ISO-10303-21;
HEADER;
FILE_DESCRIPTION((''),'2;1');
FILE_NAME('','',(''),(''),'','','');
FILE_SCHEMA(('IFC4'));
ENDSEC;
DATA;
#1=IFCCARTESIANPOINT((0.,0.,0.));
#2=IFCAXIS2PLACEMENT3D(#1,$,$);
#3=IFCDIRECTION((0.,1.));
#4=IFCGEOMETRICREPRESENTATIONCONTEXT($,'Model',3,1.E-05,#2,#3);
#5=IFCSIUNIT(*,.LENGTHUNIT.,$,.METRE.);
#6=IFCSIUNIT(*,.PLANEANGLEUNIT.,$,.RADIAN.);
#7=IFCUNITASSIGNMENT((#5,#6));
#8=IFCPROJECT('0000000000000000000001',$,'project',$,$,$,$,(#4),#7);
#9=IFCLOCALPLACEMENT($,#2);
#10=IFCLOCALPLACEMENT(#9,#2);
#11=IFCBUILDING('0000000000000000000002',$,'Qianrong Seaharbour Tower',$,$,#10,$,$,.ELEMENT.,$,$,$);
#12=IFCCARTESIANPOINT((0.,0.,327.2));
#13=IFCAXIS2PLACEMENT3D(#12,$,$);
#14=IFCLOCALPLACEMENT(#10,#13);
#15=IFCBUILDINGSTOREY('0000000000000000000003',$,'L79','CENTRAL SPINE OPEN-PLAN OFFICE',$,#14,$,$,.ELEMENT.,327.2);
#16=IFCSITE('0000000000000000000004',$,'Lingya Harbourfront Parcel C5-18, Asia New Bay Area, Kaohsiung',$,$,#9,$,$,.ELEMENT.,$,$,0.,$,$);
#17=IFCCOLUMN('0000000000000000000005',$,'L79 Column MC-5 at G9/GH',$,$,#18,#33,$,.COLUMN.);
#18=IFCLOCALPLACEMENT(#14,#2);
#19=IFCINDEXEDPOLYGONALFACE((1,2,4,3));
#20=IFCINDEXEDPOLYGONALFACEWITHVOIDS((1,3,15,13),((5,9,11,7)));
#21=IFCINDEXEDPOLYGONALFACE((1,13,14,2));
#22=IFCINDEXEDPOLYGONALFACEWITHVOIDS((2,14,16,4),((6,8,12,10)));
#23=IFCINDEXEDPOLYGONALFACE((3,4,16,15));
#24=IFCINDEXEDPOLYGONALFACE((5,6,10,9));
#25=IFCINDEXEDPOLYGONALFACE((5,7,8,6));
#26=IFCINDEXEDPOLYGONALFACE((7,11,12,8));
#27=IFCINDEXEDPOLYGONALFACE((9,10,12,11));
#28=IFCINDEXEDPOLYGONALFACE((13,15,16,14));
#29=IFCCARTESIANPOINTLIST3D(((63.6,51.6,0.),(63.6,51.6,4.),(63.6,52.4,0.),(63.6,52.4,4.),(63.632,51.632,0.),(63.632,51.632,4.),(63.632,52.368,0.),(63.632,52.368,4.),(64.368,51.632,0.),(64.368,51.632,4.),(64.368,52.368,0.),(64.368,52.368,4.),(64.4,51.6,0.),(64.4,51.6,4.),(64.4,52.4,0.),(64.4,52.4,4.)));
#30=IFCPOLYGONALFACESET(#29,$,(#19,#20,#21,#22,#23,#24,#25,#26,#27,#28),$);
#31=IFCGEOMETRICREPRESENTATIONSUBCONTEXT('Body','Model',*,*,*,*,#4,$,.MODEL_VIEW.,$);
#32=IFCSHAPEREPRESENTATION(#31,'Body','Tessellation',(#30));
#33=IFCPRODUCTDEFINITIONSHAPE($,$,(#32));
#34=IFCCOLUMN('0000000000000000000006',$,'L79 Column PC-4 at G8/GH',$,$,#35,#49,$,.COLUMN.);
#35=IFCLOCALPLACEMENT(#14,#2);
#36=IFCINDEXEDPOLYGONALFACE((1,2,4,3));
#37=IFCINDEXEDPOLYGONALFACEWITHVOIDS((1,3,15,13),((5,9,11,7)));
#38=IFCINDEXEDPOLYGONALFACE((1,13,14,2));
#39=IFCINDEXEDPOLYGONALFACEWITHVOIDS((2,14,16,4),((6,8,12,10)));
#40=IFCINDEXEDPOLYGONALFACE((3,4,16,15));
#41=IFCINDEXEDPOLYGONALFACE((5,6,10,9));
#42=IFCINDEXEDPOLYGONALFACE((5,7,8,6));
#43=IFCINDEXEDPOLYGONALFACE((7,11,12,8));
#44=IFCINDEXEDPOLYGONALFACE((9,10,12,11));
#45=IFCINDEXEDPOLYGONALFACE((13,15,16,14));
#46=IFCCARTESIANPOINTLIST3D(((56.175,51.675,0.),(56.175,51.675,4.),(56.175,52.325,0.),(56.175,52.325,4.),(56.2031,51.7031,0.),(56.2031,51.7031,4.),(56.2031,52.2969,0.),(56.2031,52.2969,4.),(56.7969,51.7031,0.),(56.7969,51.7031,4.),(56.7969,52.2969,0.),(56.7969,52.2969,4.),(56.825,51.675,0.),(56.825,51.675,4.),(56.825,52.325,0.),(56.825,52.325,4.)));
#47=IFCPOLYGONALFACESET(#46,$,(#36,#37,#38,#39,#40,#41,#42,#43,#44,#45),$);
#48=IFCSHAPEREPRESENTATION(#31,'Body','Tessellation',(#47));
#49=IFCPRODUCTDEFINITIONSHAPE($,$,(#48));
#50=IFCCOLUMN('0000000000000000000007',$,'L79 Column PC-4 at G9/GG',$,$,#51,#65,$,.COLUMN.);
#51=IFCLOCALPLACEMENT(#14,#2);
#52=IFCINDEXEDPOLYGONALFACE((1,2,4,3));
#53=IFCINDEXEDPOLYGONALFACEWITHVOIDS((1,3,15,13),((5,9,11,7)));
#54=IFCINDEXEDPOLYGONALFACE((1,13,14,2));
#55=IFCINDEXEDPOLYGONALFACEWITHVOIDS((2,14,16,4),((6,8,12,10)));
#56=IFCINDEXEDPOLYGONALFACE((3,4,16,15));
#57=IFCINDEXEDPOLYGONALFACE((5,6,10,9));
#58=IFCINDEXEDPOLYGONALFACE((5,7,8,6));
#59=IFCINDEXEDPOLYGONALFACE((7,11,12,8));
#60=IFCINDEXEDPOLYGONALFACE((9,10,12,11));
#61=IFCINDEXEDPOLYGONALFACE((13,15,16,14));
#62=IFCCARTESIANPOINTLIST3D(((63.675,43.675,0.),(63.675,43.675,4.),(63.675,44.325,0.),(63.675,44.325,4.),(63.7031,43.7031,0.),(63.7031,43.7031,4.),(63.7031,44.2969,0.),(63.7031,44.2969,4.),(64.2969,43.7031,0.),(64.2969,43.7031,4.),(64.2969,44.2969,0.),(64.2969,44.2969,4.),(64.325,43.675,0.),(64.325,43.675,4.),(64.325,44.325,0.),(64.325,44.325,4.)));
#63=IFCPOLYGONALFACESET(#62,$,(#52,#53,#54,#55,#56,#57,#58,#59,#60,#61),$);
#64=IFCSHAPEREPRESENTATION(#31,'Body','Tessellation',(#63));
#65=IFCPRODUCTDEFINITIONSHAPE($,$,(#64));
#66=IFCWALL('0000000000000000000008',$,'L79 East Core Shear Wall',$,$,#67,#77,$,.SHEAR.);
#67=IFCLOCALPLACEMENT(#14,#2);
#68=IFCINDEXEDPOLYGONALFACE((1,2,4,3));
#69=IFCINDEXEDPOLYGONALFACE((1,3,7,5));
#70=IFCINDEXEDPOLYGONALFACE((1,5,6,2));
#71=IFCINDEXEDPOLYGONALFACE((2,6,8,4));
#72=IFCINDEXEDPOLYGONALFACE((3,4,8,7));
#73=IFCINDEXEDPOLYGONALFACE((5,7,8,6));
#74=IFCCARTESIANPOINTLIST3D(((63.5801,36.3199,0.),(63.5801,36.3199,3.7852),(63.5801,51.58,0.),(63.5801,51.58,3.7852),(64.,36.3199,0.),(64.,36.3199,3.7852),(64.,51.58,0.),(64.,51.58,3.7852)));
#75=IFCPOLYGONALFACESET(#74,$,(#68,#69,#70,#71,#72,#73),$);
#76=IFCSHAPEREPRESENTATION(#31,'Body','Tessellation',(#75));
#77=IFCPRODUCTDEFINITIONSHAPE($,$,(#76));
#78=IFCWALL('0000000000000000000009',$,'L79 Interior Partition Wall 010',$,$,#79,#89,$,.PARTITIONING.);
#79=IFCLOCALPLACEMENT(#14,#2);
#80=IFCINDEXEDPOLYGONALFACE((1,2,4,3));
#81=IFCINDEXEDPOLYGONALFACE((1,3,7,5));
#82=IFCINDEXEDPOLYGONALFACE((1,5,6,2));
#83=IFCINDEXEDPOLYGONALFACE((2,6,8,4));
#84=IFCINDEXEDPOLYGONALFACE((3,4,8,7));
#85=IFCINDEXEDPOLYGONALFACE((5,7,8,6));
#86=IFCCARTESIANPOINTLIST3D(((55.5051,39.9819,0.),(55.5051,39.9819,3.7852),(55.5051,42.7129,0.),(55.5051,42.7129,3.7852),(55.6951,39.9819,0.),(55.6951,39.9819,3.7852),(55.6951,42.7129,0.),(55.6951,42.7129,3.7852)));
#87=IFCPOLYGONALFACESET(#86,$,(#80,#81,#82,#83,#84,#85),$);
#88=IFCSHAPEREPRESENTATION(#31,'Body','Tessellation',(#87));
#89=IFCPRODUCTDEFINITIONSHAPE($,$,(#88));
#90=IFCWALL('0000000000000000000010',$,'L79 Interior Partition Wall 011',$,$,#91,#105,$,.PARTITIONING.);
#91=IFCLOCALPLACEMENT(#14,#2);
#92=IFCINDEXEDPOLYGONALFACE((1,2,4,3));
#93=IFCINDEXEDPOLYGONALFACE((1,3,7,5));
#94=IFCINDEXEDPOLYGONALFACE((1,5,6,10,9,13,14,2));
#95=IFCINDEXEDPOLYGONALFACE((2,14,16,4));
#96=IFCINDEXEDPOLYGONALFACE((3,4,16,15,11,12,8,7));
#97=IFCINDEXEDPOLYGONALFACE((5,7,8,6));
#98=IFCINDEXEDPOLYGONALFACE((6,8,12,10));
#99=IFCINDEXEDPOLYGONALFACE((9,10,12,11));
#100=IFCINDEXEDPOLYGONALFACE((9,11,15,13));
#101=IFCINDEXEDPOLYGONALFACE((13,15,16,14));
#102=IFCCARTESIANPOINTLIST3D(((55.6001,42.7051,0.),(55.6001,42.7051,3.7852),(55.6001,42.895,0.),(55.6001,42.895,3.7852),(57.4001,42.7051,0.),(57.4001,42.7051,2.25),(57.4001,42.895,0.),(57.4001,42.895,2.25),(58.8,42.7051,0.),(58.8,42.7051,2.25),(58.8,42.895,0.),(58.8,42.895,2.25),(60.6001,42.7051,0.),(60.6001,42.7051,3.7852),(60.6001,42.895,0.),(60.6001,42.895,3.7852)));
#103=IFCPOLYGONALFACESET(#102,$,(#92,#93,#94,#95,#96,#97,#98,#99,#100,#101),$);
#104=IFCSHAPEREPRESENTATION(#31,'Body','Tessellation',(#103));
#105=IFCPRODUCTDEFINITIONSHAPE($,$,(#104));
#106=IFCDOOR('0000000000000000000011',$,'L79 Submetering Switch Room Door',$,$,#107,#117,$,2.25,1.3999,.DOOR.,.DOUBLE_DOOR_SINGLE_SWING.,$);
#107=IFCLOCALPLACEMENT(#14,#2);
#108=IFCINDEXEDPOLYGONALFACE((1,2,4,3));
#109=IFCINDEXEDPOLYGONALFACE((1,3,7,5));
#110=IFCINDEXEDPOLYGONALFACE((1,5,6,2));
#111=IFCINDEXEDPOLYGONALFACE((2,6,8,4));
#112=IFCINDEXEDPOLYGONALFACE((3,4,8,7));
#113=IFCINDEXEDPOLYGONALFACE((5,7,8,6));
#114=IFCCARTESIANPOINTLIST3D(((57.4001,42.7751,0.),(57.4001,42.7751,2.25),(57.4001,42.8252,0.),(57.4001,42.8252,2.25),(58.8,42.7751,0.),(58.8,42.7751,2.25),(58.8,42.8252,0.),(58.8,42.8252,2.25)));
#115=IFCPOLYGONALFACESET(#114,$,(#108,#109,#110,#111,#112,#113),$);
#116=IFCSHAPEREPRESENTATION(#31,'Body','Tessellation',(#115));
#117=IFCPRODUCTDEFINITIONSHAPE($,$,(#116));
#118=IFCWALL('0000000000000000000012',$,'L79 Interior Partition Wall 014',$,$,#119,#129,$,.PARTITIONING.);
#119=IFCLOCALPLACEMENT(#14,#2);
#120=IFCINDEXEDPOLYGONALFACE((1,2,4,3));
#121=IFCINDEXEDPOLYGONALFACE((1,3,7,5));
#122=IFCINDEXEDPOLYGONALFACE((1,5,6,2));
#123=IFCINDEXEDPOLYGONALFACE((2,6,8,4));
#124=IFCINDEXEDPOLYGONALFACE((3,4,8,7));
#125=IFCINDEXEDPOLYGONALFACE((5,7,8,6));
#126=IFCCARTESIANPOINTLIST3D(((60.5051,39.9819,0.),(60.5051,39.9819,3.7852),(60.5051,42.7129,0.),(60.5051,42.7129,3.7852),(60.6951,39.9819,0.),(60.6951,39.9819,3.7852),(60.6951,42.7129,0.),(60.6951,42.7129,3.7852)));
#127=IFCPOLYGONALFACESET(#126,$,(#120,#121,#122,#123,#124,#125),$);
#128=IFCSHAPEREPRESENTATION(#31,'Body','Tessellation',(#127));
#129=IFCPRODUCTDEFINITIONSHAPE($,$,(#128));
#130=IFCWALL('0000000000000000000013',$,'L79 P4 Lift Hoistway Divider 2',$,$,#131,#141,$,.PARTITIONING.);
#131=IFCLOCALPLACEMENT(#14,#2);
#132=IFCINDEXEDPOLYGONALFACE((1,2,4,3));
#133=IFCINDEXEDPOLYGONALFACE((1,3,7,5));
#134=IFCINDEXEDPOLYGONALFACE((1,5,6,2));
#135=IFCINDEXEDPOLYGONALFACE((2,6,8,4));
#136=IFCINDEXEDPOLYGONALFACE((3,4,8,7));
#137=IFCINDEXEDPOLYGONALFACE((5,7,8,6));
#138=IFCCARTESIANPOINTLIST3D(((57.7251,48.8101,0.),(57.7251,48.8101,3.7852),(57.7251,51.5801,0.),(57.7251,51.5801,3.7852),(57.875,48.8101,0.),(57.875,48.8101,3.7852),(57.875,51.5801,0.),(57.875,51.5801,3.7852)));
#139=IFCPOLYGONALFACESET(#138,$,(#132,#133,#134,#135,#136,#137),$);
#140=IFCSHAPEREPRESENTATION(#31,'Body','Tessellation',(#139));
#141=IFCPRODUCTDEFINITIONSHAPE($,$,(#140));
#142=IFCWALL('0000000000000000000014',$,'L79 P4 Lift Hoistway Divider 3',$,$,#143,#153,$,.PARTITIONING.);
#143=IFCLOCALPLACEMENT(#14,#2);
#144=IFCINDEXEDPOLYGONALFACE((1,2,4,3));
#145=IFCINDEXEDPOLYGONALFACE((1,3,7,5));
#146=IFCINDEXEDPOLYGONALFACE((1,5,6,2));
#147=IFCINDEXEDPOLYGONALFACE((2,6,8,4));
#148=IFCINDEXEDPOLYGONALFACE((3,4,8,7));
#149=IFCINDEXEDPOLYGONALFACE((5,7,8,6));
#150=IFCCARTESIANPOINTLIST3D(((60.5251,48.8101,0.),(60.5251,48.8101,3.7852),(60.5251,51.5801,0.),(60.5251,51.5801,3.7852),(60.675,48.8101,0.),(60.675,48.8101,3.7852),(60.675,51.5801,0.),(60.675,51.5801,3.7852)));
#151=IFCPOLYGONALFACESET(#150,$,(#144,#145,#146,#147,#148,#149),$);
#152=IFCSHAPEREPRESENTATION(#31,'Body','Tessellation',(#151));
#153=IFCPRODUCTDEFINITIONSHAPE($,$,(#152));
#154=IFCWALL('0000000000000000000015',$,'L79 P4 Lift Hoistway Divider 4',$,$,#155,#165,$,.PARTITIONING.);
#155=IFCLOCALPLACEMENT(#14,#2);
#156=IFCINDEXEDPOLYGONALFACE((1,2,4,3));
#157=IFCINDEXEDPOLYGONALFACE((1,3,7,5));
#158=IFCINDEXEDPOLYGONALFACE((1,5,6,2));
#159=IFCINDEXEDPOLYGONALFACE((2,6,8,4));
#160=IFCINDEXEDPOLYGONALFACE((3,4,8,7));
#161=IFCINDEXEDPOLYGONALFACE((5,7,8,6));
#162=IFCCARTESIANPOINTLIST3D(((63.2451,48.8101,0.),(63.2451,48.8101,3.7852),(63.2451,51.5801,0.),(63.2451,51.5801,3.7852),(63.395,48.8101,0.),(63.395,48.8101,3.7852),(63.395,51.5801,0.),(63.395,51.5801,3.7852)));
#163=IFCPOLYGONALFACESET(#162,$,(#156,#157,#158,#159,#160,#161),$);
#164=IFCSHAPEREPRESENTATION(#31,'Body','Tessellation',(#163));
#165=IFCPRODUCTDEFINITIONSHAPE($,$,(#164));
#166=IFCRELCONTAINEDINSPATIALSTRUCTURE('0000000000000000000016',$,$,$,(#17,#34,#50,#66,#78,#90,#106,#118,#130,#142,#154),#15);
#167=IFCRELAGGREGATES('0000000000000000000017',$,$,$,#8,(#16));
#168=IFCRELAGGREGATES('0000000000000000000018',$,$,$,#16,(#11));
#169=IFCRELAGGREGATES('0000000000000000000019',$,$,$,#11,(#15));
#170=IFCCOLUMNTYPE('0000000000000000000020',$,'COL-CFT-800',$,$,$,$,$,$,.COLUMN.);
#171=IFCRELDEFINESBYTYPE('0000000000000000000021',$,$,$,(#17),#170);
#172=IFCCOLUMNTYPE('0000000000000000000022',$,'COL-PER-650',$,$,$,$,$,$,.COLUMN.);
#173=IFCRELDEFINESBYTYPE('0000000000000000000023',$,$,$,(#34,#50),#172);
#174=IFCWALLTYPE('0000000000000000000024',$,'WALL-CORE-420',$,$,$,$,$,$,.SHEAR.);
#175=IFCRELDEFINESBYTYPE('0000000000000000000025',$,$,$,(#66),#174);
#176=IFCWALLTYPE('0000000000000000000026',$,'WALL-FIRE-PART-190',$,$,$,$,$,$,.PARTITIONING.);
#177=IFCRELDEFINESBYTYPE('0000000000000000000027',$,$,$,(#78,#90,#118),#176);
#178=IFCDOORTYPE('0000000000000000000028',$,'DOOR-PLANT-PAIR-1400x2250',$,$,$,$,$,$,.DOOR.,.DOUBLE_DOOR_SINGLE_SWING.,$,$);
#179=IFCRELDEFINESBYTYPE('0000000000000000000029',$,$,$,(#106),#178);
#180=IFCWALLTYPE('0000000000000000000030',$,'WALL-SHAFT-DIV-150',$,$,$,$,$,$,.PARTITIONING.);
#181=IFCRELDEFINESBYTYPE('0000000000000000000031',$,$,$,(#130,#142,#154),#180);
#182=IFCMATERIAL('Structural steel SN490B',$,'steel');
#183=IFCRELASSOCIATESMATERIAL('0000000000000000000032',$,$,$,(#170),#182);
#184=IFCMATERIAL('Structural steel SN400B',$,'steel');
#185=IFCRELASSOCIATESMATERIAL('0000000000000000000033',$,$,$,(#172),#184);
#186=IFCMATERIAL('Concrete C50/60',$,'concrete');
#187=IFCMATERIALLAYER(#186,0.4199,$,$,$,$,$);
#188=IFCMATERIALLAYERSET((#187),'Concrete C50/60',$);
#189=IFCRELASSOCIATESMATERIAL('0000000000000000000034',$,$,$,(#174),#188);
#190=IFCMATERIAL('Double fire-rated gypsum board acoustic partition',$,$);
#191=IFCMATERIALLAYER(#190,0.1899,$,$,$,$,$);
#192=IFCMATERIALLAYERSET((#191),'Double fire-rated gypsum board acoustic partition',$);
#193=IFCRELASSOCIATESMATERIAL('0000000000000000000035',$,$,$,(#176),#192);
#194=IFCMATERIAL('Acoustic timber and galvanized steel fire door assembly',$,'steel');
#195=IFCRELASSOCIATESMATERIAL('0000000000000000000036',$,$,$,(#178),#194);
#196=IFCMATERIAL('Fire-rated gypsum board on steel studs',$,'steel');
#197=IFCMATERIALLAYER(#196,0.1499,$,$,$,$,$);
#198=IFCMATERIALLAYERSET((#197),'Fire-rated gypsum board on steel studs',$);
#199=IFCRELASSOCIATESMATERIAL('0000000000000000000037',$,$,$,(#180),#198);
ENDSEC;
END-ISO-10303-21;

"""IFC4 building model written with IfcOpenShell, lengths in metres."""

from ifc_helpers import new_model, si_unit, direction, frame, frame_2d, origin, origin_2d, place, context, subcontext, project, spatial, rectangle, hollow_rectangle, extrude, material, layer, layer_set, material_profile, profile_set, type_object, element, fill, save


model = new_model("IFC4")

# Units and contexts
model_context = context("Model", 3, precision=1e-05, world=origin(), true_north=direction((0.0, 1.0)))
body_context = subcontext(model_context, "Body", "Model", "MODEL_VIEW")
ifc_project = project(units=[si_unit("LENGTHUNIT", "METRE"), si_unit("PLANEANGLEUNIT", "RADIAN")], contexts=[model_context])

# Site, building, storey
site_placement = place(None, origin())
site = spatial("IfcSite", under=ifc_project, at=site_placement, Name="Lingya Harbourfront Parcel C5-18, Asia New Bay Area, Kaohsiung", CompositionType="ELEMENT", RefElevation=0.0)
building_placement = place(site_placement, origin())
building = spatial("IfcBuilding", under=site, at=building_placement, Name="Qianrong Seaharbour Tower", CompositionType="ELEMENT")
storey_placement = place(building_placement, frame((0.0, 0.0, 327.2)))
storey = spatial("IfcBuildingStorey", under=building, at=storey_placement, Name="L79", Description="CENTRAL SPINE OPEN-PLAN OFFICE", CompositionType="ELEMENT", Elevation=327.2)

# Columns
ifc_material_1 = material(Name="Structural steel SN490B", Category="steel")
ifc_material_profile_1 = material_profile(ifc_material_1, hollow_rectangle(XDim=0.8, YDim=0.8, WallThickness=0.032, at=origin_2d()), Name="BOX800x800x32")
ifc_profile_set_1 = profile_set([ifc_material_profile_1], Name="Structural steel SN490B")
column_type_1 = type_object("IfcColumnType", Name="COL-CFT-800", PredefinedType="COLUMN", material=ifc_profile_set_1)
column_placement = place(storey_placement, frame((64.0, 52.0, 0.0), z_axis=(0.0, 0.0, 1.0), x_axis=(1.0, 0.0, 0.0)))
element("IfcColumn", 1, at=column_placement, inside=storey, type_object=column_type_1, Name="L79 Column MC-5 at G9/GH", PredefinedType="COLUMN", context=body_context, shape_type="SweptSolid", body=[
    extrude(hollow_rectangle(XDim=0.8, YDim=0.8, WallThickness=0.032, at=origin_2d()), origin(), (0.0, 0.0, 1.0), 4.0),
])
ifc_material_2 = material(Name="Structural steel SN400B", Category="steel")
ifc_material_profile_2 = material_profile(ifc_material_2, hollow_rectangle(XDim=0.6499, YDim=0.6499, WallThickness=0.0281, at=origin_2d()), Name="BOX650x650x28")
ifc_profile_set_2 = profile_set([ifc_material_profile_2], Name="Structural steel SN400B")
column_type_2 = type_object("IfcColumnType", Name="COL-PER-650", PredefinedType="COLUMN", material=ifc_profile_set_2)
for number, where, z_axis, x_axis, name in (
    (2, (56.5, 52.0, 0.0), (0.0, 0.0, 1.0), (1.0, 0.0, 0.0), "L79 Column PC-4 at G8/GH"),
    (3, (64.0, 44.0, 0.0), (0.0, 0.0, 1.0), (1.0, 0.0, 0.0), "L79 Column PC-4 at G9/GG"),
):
    element("IfcColumn", number, at=place(storey_placement, frame(where, z_axis=z_axis, x_axis=x_axis)), inside=storey, type_object=column_type_2, Name=name, PredefinedType="COLUMN", context=body_context, shape_type="SweptSolid", body=[
        extrude(hollow_rectangle(XDim=0.6499, YDim=0.6499, WallThickness=0.0281, at=origin_2d()), origin(), (0.0, 0.0, 1.0), 4.0),
    ])

# Wall
ifc_material_3 = material(Name="Concrete C50/60", Category="concrete")
ifc_layer_1 = layer(ifc_material_3, 0.4199)
ifc_layer_set_1 = layer_set([ifc_layer_1], Name="Concrete C50/60")
wall_type_1 = type_object("IfcWallType", Name="WALL-CORE-420", PredefinedType="SHEAR", material=ifc_layer_set_1)
wall_1_placement = place(storey_placement, frame((63.79, 36.3201, 0.0), z_axis=(0.0, 0.0, 1.0), x_axis=(0.0, 1.0, 0.0)))
element("IfcWall", 4, at=wall_1_placement, inside=storey, type_object=wall_type_1, Name="L79 East Core Shear Wall", PredefinedType="SHEAR", context=body_context, shape_type="SweptSolid", body=[
    extrude(rectangle(XDim=15.26, YDim=0.4199, at=frame_2d((7.6299, 0.0))), origin(), (0.0, 0.0, 1.0), 3.7852),
])

# Shared definitions
ifc_material_4 = material(Name="Acoustic timber and galvanized steel fire door assembly", Category="steel")

# Wall
ifc_material_5 = material(Name="Double fire-rated gypsum board acoustic partition")
ifc_layer_2 = layer(ifc_material_5, 0.1899)
ifc_layer_set_2 = layer_set([ifc_layer_2], Name="Double fire-rated gypsum board acoustic partition")
wall_type_2 = type_object("IfcWallType", Name="WALL-FIRE-PART-190", PredefinedType="PARTITIONING", material=ifc_layer_set_2)
wall_2_placement = place(storey_placement, frame((55.6001, 42.7129, 0.0), z_axis=(0.0, 0.0, 1.0), x_axis=(0.0, -1.0, 0.0)))
element("IfcWall", 5, at=wall_2_placement, inside=storey, type_object=wall_type_2, Name="L79 Interior Partition Wall 010", PredefinedType="PARTITIONING", context=body_context, shape_type="SweptSolid", body=[
    extrude(rectangle(XDim=2.731, YDim=0.1899, at=frame_2d((1.3655, 0.0))), origin(), (0.0, 0.0, 1.0), 3.7852),
])

# Wall, opening, door
wall_3_placement = place(storey_placement, frame((60.6001, 42.8, 0.0), z_axis=(0.0, 0.0, 1.0), x_axis=(-1.0, 0.0, 0.0)))
wall_3 = element("IfcWall", 6, at=wall_3_placement, inside=storey, type_object=wall_type_2, Name="L79 Interior Partition Wall 011", PredefinedType="PARTITIONING", context=body_context, shape_type="SweptSolid", body=[
    extrude(rectangle(XDim=5.0, YDim=0.1899, at=frame_2d((2.5, 0.0))), origin(), (0.0, 0.0, 1.0), 3.7852),
])
opening_1_placement = place(wall_3_placement, frame((1.8, 0.0, 0.0)))
opening_1 = element("IfcOpeningElement", 7, at=opening_1_placement, cuts=wall_3, PredefinedType="OPENING", context=body_context, shape_type="SweptSolid", body=[
    extrude(rectangle(XDim=1.3999, YDim=2.25, at=frame_2d((0.7, 1.125))), frame((0.0, 0.105, 0.0), z_axis=(0.0, -1.0, 0.0), x_axis=(1.0, 0.0, 0.0)), (0.0, 0.0, 1.0), 0.21),
])
door_type_1 = type_object("IfcDoorType", Name="DOOR-PLANT-PAIR-1400x2250", OperationType="DOUBLE_DOOR_SINGLE_SWING", PredefinedType="DOOR", material=ifc_material_4)
door_1_placement = place(opening_1_placement, origin())
door_1 = element("IfcDoor", 8, at=door_1_placement, inside=storey, type_object=door_type_1, Name="L79 Submetering Switch Room Door", OperationType="DOUBLE_DOOR_SINGLE_SWING", OverallHeight=2.25, OverallWidth=1.3999, PredefinedType="DOOR", context=body_context, shape_type="SweptSolid", body=[
    extrude(rectangle(XDim=1.3999, YDim=2.25, at=frame_2d((0.7, 1.125))), frame((0.0, 0.0249, 0.0), z_axis=(0.0, -1.0, 0.0), x_axis=(1.0, 0.0, 0.0)), (0.0, 0.0, 1.0), 0.05),
])
fill(opening_1, door_1)

# Walls
wall_4_placement = place(storey_placement, frame((60.6001, 42.7129, 0.0), z_axis=(0.0, 0.0, 1.0), x_axis=(0.0, -1.0, 0.0)))
element("IfcWall", 9, at=wall_4_placement, inside=storey, type_object=wall_type_2, Name="L79 Interior Partition Wall 014", PredefinedType="PARTITIONING", context=body_context, shape_type="SweptSolid", body=[
    extrude(rectangle(XDim=2.731, YDim=0.1899, at=frame_2d((1.3655, 0.0))), origin(), (0.0, 0.0, 1.0), 3.7852),
])
ifc_material_6 = material(Name="Fire-rated gypsum board on steel studs", Category="steel")
ifc_layer_3 = layer(ifc_material_6, 0.1499)
ifc_layer_set_3 = layer_set([ifc_layer_3], Name="Fire-rated gypsum board on steel studs")
wall_type_3 = type_object("IfcWallType", Name="WALL-SHAFT-DIV-150", PredefinedType="PARTITIONING", material=ifc_layer_set_3)
for number, where, z_axis, x_axis, name in (
    (10, (57.8, 48.8101, 0.0), (0.0, 0.0, 1.0), (0.0, 1.0, 0.0), "L79 P4 Lift Hoistway Divider 2"),
    (11, (60.6001, 48.8101, 0.0), (0.0, 0.0, 1.0), (0.0, 1.0, 0.0), "L79 P4 Lift Hoistway Divider 3"),
    (12, (63.3201, 48.8101, 0.0), (0.0, 0.0, 1.0), (0.0, 1.0, 0.0), "L79 P4 Lift Hoistway Divider 4"),
):
    element("IfcWall", number, at=place(storey_placement, frame(where, z_axis=z_axis, x_axis=x_axis)), inside=storey, type_object=wall_type_3, Name=name, PredefinedType="PARTITIONING", context=body_context, shape_type="SweptSolid", body=[
        extrude(rectangle(XDim=2.77, YDim=0.1499, at=frame_2d((1.385, 0.0))), origin(), (0.0, 0.0, 1.0), 3.7852),
    ])

save(model, "model.ifc")
